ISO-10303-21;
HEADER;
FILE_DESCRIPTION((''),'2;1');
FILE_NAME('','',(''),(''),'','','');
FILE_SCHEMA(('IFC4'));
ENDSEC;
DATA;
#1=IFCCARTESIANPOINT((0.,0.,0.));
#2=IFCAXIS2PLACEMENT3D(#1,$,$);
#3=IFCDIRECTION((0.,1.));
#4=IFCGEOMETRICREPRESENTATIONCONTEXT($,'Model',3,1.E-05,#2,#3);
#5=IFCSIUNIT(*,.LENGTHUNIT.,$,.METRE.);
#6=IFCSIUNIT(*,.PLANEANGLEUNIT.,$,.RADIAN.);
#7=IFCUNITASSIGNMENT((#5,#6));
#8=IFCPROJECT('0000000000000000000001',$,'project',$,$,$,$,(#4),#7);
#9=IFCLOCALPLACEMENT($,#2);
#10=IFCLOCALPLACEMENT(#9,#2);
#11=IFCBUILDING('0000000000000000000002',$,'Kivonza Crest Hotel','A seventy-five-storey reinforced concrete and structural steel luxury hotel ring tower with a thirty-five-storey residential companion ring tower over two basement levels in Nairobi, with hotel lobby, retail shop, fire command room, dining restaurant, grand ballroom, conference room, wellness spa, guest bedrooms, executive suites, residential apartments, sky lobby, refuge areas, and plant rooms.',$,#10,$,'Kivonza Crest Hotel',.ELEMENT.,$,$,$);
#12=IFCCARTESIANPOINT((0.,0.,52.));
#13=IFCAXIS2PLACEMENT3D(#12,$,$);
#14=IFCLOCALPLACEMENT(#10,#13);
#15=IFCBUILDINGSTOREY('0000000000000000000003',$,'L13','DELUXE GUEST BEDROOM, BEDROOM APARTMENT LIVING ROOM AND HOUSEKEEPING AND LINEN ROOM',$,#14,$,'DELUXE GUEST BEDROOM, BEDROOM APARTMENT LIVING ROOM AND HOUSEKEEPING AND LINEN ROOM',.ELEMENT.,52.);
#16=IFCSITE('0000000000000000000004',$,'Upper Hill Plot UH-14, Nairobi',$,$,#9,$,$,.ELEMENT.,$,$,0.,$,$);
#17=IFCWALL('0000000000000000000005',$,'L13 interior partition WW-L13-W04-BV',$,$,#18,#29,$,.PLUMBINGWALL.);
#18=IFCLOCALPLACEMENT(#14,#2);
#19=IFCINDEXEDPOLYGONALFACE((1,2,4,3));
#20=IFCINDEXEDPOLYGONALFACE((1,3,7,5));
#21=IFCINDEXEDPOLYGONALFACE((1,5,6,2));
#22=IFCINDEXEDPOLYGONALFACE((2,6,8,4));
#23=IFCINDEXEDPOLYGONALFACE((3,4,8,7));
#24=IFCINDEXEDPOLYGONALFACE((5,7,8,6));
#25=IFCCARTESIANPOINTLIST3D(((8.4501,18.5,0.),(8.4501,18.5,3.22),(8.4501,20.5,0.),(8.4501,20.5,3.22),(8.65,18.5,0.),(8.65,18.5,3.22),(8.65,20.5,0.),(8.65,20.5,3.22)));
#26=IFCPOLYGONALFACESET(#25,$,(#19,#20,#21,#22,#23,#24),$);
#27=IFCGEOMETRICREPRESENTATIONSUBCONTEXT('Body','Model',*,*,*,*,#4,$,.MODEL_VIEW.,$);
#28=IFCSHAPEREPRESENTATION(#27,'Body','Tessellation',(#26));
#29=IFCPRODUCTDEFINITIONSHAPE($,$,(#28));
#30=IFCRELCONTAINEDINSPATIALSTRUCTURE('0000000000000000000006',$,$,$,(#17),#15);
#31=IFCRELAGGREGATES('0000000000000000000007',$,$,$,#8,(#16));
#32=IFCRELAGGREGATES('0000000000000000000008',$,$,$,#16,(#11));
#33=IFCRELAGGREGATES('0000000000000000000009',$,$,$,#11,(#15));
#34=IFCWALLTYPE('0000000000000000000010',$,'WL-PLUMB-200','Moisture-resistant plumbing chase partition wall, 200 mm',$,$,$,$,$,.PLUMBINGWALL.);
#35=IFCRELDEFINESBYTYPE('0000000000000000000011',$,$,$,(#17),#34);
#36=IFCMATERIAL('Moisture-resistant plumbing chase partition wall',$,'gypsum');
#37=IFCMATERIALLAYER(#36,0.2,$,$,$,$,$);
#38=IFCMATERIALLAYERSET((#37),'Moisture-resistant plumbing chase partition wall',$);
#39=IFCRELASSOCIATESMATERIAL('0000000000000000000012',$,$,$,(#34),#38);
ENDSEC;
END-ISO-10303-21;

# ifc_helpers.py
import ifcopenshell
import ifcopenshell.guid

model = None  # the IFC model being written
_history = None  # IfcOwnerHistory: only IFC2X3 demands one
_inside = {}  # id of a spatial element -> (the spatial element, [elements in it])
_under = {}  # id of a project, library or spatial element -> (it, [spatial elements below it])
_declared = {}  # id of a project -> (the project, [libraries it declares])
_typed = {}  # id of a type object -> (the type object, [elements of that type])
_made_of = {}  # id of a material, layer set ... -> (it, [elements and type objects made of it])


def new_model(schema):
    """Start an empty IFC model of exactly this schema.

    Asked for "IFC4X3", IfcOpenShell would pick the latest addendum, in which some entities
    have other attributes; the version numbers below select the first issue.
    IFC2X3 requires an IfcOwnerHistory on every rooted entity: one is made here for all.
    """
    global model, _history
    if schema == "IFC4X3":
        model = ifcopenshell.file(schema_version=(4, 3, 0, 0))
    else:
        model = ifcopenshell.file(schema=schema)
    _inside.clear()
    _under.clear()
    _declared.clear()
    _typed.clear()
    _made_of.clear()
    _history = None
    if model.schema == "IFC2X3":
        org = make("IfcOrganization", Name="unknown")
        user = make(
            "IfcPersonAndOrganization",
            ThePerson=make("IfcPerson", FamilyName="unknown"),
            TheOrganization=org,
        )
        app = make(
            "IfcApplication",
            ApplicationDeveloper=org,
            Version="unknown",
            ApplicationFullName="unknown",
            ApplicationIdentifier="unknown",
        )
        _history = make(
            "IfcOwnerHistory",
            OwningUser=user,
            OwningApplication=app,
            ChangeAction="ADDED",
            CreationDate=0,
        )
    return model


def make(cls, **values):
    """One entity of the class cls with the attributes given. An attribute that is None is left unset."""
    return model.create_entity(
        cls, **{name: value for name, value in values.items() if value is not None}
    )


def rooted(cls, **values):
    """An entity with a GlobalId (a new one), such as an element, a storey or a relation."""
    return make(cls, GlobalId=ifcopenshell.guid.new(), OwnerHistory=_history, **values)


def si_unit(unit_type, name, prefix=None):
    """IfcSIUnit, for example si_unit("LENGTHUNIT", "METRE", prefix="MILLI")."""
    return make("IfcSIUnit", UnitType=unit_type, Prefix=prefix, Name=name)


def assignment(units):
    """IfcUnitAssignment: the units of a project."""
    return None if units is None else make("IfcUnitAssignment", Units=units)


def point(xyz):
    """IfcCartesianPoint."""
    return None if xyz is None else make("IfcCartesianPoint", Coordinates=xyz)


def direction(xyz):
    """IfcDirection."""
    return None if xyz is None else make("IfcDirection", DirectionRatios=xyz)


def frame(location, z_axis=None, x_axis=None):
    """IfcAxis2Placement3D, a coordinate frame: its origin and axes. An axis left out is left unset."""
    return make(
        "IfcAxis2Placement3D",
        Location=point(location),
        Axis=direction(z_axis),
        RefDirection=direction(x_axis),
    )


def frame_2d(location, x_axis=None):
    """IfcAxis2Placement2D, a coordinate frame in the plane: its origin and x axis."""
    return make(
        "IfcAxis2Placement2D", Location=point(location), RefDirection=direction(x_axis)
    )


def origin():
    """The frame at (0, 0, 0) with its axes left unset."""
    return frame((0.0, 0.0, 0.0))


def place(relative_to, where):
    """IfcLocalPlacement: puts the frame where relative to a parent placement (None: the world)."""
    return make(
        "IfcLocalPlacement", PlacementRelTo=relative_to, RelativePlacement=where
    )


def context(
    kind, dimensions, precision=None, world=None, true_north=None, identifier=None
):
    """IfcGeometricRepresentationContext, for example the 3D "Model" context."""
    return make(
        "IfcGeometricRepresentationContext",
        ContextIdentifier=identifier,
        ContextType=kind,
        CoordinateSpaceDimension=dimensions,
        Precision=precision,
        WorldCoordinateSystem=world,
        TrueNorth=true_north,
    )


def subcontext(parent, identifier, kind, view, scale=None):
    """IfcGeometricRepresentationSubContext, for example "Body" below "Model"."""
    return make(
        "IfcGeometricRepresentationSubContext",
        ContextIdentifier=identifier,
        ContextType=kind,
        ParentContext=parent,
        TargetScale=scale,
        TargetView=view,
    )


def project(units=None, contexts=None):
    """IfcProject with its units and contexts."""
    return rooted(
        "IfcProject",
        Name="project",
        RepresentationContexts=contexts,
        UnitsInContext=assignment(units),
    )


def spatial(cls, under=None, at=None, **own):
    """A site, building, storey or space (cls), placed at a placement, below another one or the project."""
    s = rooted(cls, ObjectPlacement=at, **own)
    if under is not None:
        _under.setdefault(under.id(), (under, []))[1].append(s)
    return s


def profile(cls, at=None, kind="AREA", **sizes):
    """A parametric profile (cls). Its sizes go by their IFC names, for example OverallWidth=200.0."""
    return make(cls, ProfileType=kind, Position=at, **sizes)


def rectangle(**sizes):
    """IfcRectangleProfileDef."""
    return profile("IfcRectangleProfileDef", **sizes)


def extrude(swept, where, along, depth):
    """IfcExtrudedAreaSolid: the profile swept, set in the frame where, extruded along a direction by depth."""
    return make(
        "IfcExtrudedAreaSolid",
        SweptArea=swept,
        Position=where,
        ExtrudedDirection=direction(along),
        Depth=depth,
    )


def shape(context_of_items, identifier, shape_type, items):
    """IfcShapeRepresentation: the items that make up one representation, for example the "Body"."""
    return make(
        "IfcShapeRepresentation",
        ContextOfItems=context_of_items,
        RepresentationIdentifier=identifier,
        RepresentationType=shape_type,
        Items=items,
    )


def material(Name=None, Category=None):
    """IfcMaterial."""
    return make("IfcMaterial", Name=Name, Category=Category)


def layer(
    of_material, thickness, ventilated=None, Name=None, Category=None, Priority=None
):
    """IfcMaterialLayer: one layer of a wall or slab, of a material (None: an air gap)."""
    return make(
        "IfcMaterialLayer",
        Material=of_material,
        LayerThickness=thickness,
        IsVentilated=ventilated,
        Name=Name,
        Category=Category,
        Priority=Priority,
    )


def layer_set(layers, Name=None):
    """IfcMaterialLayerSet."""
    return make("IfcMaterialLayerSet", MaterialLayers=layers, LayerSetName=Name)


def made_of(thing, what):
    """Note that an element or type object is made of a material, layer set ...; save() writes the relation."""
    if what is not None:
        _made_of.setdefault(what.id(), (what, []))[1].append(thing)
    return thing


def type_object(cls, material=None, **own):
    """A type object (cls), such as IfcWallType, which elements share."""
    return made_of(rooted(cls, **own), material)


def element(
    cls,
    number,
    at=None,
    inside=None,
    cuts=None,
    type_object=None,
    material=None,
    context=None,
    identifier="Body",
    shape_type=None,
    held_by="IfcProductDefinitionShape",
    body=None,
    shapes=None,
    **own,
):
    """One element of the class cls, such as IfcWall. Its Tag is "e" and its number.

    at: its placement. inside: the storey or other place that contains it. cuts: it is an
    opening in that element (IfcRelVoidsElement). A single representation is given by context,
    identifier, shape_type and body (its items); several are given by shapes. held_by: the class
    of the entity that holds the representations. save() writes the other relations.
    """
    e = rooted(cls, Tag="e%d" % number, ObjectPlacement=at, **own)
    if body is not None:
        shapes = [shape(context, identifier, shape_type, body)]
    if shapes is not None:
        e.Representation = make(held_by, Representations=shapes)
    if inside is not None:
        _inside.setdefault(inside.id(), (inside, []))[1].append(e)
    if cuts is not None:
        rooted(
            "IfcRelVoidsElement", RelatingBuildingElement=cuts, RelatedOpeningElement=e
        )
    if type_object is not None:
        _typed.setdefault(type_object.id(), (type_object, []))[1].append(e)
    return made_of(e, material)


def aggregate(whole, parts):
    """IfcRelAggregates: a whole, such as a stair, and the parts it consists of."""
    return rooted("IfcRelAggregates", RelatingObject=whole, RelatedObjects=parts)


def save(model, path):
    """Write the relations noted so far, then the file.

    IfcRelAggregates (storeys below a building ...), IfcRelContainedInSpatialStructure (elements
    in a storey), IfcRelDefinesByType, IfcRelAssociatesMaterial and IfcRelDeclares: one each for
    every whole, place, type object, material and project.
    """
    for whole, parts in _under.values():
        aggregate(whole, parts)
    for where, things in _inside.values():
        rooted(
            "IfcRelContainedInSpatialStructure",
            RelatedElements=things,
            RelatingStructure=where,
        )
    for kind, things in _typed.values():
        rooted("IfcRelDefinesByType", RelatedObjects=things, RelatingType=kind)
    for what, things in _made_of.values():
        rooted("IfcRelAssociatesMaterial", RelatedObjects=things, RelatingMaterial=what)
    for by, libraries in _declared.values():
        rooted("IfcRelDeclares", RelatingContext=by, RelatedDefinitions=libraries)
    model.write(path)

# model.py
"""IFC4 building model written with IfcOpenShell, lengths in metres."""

from ifc_helpers import new_model, si_unit, direction, frame, frame_2d, origin, place, context, subcontext, project, spatial, rectangle, extrude, material, layer, layer_set, type_object, element, save


model = new_model("IFC4")

# Units and contexts
model_context = context("Model", 3, precision=1e-05, world=origin(), true_north=direction((0.0, 1.0)))
body_context = subcontext(model_context, "Body", "Model", "MODEL_VIEW")
ifc_project = project(units=[si_unit("LENGTHUNIT", "METRE"), si_unit("PLANEANGLEUNIT", "RADIAN")], contexts=[model_context])

# Site, building, storey
site_placement = place(None, origin())
site = spatial("IfcSite", under=ifc_project, at=site_placement, Name="Upper Hill Plot UH-14, Nairobi", CompositionType="ELEMENT", RefElevation=0.0)
building_placement = place(site_placement, origin())
building = spatial("IfcBuilding", under=site, at=building_placement, Name="Kivonza Crest Hotel", Description="A seventy-five-storey reinforced concrete and structural steel luxury hotel ring tower with a thirty-five-storey residential companion ring tower over two basement levels in Nairobi, with hotel lobby, retail shop, fire command room, dining restaurant, grand ballroom, conference room, wellness spa, guest bedrooms, executive suites, residential apartments, sky lobby, refuge areas, and plant rooms.", LongName="Kivonza Crest Hotel", CompositionType="ELEMENT")
storey_placement = place(building_placement, frame((0.0, 0.0, 52.0)))
storey = spatial("IfcBuildingStorey", under=building, at=storey_placement, Name="L13", Description="DELUXE GUEST BEDROOM, BEDROOM APARTMENT LIVING ROOM AND HOUSEKEEPING AND LINEN ROOM", LongName="DELUXE GUEST BEDROOM, BEDROOM APARTMENT LIVING ROOM AND HOUSEKEEPING AND LINEN ROOM", CompositionType="ELEMENT", Elevation=52.0)

# Wall
ifc_material_1 = material(Name="Moisture-resistant plumbing chase partition wall", Category="gypsum")
ifc_layer_1 = layer(ifc_material_1, 0.2)
ifc_layer_set_1 = layer_set([ifc_layer_1], Name="Moisture-resistant plumbing chase partition wall")
wall_type_1 = type_object("IfcWallType", Name="WL-PLUMB-200", Description="Moisture-resistant plumbing chase partition wall, 200 mm", PredefinedType="PLUMBINGWALL", material=ifc_layer_set_1)
wall_1_placement = place(storey_placement, frame((8.55, 18.5, 0.0), z_axis=(0.0, 0.0, 1.0), x_axis=(0.0, 1.0, 0.0)))
element("IfcWall", 1, at=wall_1_placement, inside=storey, type_object=wall_type_1, Name="L13 interior partition WW-L13-W04-BV", PredefinedType="PLUMBINGWALL", context=body_context, shape_type="SweptSolid", body=[
    extrude(rectangle(XDim=2.0, YDim=0.2, at=frame_2d((1.0, 0.0))), origin(), (0.0, 0.0, 1.0), 3.22),
])

save(model, "model.ifc")
